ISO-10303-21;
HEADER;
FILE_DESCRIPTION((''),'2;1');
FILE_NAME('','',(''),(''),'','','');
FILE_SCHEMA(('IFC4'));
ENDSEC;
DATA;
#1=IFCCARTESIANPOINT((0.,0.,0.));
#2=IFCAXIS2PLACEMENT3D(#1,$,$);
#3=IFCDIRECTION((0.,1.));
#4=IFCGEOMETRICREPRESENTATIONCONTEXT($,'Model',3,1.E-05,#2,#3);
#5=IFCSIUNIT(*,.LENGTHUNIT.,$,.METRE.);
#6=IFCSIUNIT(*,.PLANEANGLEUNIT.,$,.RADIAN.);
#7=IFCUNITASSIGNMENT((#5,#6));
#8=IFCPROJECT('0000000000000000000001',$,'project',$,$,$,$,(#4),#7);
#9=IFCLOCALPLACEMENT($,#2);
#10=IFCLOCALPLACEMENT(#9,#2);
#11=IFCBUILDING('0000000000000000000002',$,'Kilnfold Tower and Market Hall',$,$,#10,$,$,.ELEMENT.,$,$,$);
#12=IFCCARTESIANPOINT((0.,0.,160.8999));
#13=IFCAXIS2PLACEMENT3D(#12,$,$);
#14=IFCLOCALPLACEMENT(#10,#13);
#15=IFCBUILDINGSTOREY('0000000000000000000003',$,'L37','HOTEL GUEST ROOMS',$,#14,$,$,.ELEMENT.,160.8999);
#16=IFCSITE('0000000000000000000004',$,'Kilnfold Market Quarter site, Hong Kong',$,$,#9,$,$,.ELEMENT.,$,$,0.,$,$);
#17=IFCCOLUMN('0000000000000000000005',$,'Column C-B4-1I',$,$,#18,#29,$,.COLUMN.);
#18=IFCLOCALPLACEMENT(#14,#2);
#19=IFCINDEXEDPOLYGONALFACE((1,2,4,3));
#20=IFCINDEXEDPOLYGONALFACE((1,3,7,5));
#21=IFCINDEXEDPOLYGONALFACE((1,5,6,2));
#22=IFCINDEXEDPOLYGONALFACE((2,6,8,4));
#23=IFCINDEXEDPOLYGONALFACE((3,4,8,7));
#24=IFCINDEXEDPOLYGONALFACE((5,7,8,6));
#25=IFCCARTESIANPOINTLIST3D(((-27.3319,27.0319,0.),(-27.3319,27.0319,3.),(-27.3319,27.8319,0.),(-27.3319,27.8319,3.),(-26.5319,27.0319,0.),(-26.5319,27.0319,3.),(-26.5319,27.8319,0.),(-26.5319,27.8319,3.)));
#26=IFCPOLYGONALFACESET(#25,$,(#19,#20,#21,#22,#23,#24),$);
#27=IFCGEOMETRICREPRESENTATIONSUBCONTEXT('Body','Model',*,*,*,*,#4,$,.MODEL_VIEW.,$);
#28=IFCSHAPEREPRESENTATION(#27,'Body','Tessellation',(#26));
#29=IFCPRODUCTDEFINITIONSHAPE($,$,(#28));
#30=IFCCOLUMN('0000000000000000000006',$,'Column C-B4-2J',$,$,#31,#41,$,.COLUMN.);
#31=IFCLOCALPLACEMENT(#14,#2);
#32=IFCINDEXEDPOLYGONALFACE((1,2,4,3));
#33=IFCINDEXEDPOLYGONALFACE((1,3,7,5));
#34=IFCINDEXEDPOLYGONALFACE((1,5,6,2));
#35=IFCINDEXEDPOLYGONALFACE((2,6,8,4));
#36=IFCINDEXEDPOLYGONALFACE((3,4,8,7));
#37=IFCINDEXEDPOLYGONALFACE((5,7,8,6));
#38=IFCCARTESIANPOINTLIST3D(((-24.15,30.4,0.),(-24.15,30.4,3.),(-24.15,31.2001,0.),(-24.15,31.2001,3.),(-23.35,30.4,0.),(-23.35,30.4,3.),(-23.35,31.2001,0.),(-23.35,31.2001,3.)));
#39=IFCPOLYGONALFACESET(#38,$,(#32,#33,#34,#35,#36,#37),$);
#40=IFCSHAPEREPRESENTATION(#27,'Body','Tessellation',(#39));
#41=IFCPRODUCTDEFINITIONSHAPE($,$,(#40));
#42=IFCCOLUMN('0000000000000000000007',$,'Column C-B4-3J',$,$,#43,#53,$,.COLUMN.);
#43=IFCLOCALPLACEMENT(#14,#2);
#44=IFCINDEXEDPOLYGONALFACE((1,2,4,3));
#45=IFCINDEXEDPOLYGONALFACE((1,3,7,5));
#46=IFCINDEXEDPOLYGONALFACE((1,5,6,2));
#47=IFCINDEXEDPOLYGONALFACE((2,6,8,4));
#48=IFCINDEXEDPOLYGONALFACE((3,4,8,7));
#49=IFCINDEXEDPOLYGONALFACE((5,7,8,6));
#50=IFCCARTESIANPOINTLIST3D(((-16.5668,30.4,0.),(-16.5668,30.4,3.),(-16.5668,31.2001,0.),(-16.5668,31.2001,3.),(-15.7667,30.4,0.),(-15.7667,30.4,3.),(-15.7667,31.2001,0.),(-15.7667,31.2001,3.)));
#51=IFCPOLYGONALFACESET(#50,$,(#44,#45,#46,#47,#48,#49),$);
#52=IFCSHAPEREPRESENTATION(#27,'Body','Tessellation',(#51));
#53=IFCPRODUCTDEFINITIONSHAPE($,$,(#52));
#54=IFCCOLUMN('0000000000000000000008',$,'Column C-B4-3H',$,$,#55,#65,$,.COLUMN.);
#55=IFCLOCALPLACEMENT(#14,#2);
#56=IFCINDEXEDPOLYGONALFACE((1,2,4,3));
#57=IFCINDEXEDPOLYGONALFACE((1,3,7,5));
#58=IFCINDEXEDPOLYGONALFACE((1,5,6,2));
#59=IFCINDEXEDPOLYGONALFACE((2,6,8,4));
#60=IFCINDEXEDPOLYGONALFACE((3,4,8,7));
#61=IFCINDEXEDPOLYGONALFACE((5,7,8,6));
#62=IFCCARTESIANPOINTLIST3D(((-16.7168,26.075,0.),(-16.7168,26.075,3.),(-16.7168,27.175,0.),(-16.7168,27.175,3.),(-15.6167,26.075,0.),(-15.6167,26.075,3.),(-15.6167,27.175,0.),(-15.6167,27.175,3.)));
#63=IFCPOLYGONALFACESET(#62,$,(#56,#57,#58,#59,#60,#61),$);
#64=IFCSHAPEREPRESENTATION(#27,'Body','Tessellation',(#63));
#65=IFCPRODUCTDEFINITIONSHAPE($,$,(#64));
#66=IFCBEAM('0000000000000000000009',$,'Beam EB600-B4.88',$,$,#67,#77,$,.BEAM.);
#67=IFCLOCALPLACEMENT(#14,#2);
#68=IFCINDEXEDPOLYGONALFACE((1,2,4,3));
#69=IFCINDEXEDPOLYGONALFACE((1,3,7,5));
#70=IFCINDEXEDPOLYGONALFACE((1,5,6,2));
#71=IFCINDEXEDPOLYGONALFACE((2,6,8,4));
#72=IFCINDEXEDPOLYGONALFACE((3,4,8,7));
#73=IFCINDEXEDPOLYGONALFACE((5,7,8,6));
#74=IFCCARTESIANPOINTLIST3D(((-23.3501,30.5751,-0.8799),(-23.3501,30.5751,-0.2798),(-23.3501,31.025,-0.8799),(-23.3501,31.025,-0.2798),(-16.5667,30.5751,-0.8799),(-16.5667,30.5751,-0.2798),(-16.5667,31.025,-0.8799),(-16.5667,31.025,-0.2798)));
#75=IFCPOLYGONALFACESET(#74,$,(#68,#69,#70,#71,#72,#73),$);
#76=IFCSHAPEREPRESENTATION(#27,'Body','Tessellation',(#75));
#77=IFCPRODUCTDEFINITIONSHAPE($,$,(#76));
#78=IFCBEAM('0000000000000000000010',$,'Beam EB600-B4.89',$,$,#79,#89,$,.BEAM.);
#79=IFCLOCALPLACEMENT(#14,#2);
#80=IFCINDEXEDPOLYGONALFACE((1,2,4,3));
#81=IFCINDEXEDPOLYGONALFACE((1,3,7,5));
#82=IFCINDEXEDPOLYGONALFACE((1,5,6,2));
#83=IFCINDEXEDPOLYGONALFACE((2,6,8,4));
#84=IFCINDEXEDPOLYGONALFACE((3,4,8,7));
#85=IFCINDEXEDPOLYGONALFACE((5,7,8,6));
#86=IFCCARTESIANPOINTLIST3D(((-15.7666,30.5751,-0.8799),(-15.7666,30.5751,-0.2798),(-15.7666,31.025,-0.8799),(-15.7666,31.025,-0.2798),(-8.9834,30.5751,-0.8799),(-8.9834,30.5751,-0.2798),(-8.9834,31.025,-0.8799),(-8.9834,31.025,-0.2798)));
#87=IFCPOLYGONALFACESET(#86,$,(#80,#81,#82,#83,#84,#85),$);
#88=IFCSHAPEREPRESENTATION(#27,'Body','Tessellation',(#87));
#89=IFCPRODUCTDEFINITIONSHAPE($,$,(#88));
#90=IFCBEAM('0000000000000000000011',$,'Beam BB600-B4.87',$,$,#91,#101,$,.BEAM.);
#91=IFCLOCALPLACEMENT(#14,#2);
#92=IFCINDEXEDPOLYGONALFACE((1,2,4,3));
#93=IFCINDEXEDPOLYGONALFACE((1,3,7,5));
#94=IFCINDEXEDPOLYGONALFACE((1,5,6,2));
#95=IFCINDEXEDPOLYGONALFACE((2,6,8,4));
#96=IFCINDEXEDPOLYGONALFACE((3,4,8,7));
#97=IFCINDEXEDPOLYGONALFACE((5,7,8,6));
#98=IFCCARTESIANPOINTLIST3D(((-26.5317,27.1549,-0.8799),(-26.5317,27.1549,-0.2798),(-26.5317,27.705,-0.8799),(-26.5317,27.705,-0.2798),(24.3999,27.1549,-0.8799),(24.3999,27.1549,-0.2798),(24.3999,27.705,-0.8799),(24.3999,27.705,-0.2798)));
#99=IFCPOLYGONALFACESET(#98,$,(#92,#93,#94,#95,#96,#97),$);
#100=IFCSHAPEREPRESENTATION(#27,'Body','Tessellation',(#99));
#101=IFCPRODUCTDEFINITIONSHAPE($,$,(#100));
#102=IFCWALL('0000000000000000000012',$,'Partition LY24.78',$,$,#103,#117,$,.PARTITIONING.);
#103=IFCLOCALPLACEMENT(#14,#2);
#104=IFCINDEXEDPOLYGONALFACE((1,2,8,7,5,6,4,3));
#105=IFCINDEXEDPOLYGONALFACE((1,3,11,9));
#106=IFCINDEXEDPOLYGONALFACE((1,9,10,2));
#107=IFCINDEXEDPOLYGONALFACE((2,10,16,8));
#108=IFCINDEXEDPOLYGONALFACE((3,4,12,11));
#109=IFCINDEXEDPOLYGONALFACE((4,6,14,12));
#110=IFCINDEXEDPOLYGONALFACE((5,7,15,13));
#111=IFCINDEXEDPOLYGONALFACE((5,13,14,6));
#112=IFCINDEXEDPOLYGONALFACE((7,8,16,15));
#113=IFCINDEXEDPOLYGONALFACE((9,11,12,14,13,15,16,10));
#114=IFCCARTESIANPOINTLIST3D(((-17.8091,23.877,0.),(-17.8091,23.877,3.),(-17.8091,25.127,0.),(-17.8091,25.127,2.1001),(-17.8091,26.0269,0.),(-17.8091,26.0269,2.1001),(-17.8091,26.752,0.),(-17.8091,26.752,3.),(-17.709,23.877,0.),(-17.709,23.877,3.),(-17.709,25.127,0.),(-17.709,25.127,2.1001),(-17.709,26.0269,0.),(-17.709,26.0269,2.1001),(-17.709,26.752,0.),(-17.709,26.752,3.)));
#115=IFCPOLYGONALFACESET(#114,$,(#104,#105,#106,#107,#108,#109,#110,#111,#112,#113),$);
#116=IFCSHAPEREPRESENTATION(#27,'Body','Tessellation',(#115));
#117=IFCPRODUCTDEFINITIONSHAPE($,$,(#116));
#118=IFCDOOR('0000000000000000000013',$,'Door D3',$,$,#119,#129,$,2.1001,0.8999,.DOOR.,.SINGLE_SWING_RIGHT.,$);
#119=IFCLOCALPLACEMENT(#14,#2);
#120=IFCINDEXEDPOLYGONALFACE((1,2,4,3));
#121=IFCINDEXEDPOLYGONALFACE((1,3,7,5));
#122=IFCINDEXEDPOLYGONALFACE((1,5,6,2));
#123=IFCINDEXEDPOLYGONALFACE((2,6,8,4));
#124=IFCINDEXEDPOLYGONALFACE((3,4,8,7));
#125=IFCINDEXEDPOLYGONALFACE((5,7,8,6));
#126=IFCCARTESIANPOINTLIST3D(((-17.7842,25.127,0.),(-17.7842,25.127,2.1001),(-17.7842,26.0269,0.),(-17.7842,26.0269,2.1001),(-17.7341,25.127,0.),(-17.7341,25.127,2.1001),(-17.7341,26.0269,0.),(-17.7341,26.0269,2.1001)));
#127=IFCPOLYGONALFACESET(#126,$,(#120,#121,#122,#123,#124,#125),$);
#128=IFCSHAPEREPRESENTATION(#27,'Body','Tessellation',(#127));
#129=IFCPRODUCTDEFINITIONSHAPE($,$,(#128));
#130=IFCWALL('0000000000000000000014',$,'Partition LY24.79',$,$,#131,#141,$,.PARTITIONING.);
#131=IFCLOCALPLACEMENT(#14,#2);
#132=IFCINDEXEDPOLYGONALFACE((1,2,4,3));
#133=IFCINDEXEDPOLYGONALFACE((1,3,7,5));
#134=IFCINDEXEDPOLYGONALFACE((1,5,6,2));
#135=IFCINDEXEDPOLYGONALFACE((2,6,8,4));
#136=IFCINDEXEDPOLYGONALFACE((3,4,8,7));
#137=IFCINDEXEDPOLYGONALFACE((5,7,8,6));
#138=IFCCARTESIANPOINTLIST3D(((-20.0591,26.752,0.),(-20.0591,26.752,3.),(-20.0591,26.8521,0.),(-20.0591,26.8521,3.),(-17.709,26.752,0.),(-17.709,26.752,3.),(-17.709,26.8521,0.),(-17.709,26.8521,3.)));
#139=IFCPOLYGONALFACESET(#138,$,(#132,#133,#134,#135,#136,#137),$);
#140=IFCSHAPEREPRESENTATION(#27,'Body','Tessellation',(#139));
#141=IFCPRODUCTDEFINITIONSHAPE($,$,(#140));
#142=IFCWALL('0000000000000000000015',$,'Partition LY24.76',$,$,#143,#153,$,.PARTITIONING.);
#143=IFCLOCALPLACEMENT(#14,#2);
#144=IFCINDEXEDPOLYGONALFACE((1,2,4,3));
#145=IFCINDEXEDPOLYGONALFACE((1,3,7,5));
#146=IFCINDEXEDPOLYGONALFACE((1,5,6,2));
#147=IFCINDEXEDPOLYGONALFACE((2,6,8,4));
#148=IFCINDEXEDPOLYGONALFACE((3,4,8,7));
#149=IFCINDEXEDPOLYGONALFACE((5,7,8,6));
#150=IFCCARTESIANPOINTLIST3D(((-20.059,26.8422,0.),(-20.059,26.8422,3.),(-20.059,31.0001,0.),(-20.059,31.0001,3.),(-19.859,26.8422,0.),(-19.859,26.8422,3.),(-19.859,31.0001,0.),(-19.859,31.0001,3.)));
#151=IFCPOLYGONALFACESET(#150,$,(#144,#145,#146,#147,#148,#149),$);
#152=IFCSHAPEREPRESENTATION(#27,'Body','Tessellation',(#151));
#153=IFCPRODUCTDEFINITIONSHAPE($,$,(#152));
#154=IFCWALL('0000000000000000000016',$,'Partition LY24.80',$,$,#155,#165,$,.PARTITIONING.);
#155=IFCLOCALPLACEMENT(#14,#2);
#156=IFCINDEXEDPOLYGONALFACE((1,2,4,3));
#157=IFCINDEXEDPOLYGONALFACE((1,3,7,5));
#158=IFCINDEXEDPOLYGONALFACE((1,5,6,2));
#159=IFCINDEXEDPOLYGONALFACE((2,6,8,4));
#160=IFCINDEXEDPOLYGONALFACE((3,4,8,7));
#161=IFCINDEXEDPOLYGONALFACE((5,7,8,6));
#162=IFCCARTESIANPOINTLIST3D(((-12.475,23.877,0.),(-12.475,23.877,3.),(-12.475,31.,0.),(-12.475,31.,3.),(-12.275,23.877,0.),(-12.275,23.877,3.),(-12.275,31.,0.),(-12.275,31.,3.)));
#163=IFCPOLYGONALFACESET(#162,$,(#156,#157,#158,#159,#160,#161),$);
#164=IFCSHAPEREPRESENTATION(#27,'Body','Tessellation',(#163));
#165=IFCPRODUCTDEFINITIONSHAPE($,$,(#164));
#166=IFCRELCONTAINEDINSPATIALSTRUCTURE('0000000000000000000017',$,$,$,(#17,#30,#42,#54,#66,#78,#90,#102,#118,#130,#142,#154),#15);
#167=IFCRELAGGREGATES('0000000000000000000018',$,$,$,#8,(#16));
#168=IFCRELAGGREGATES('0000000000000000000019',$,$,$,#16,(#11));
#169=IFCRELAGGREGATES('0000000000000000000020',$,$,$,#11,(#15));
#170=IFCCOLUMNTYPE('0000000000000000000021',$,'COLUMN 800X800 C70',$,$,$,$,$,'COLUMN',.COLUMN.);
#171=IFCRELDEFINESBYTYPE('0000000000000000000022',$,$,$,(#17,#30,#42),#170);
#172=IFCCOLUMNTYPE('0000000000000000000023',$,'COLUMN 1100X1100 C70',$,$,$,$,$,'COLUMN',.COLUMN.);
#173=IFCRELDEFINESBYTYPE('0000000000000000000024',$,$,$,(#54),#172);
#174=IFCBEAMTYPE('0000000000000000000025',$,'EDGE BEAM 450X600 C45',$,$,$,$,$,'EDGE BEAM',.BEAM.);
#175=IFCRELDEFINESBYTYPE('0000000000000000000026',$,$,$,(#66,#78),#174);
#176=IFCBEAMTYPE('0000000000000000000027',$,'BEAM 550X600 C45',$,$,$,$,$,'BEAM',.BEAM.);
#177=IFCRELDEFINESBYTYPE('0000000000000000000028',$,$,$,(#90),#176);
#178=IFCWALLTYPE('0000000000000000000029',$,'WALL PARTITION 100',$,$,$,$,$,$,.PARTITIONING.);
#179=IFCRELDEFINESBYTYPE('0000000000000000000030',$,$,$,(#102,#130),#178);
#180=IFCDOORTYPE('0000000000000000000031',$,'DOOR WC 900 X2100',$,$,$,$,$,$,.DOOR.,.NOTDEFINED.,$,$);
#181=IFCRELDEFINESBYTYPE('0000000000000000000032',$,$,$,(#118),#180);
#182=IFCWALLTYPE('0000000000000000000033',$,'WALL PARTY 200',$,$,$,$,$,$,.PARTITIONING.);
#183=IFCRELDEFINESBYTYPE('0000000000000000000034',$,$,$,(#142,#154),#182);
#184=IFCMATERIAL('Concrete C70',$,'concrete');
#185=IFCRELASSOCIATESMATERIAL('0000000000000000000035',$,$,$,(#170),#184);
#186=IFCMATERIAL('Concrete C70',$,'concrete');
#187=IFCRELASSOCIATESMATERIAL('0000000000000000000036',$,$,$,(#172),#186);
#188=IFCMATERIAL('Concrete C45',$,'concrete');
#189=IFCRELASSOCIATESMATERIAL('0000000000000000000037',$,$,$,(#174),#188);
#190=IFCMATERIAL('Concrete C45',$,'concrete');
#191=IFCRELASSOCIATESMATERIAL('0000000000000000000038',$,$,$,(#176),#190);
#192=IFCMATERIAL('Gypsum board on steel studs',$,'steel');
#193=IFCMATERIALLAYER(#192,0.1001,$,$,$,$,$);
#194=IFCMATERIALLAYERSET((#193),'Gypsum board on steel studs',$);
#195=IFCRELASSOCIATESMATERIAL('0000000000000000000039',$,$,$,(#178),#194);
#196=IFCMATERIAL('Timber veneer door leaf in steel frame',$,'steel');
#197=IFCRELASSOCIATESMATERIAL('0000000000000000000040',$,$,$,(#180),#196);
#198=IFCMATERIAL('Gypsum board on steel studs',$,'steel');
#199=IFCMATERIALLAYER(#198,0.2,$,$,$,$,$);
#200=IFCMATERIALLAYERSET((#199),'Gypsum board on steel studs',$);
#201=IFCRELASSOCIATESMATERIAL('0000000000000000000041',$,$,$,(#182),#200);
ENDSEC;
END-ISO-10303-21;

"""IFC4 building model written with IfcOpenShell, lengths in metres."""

from ifc_helpers import new_model, si_unit, direction, frame, frame_2d, origin, origin_2d, place, context, subcontext, project, spatial, rectangle, extrude, source, transform, mapped, material, layer, layer_set, material_profile, profile_set, type_object, element, fill, save


model = new_model("IFC4")

# Units and contexts
model_context = context("Model", 3, precision=1e-05, world=origin(), true_north=direction((0.0, 1.0)))
body_context = subcontext(model_context, "Body", "Model", "MODEL_VIEW")
ifc_project = project(units=[si_unit("LENGTHUNIT", "METRE"), si_unit("PLANEANGLEUNIT", "RADIAN")], contexts=[model_context])

# Site, building, storey
site_placement = place(None, origin())
site = spatial("IfcSite", under=ifc_project, at=site_placement, Name="Kilnfold Market Quarter site, Hong Kong", CompositionType="ELEMENT", RefElevation=0.0)
building_placement = place(site_placement, origin())
building = spatial("IfcBuilding", under=site, at=building_placement, Name="Kilnfold Tower and Market Hall", CompositionType="ELEMENT")
storey_placement = place(building_placement, frame((0.0, 0.0, 160.8999)))
storey = spatial("IfcBuildingStorey", under=building, at=storey_placement, Name="L37", Description="HOTEL GUEST ROOMS", CompositionType="ELEMENT", Elevation=160.8999)

# Columns
ifc_material_1 = material(Name="Concrete C70", Category="concrete")
ifc_material_profile_1 = material_profile(ifc_material_1, rectangle(XDim=0.8, YDim=0.8, at=origin_2d()), Name="RC 800x800")
ifc_profile_set_1 = profile_set([ifc_material_profile_1], Name="Concrete C70")
column_type_1 = type_object("IfcColumnType", Name="COLUMN 800X800 C70", ElementType="COLUMN", PredefinedType="COLUMN", material=ifc_profile_set_1)
shared_shape_1 = source(origin(), body_context, "Body", "SweptSolid", [
    extrude(rectangle(XDim=0.8, YDim=0.8, at=origin_2d()), origin(), (0.0, 0.0, 1.0), 3.0),
])
for number, where, z_axis, x_axis, name in (
    (1, (-26.9319, 27.4319, 0.0), (0.0, 0.0, 1.0), (1.0, 0.0, 0.0), "Column C-B4-1I"),
    (2, (-23.75, 30.8, 0.0), (0.0, 0.0, 1.0), (1.0, 0.0, 0.0), "Column C-B4-2J"),
    (3, (-16.1667, 30.8, 0.0), (0.0, 0.0, 1.0), (1.0, 0.0, 0.0), "Column C-B4-3J"),
):
    element("IfcColumn", number, at=place(storey_placement, frame(where, z_axis=z_axis, x_axis=x_axis)), inside=storey, type_object=column_type_1, Name=name, PredefinedType="COLUMN", context=body_context, shape_type="MappedRepresentation", body=[
        mapped(shared_shape_1, transform((0.0, 0.0, 0.0))),
    ])
ifc_material_2 = material(Name="Concrete C70", Category="concrete")
ifc_material_profile_2 = material_profile(ifc_material_2, rectangle(XDim=1.1001, YDim=1.1001, at=origin_2d()), Name="RC 1100x1100")
ifc_profile_set_2 = profile_set([ifc_material_profile_2], Name="Concrete C70")
column_type_2 = type_object("IfcColumnType", Name="COLUMN 1100X1100 C70", ElementType="COLUMN", PredefinedType="COLUMN", material=ifc_profile_set_2)
shared_shape_2 = source(origin(), body_context, "Body", "SweptSolid", [
    extrude(rectangle(XDim=1.1001, YDim=1.1001, at=origin_2d()), origin(), (0.0, 0.0, 1.0), 3.0),
])
column_placement = place(storey_placement, frame((-16.1667, 26.625, 0.0), z_axis=(0.0, 0.0, 1.0), x_axis=(1.0, 0.0, 0.0)))
element("IfcColumn", 4, at=column_placement, inside=storey, type_object=column_type_2, Name="Column C-B4-3H", PredefinedType="COLUMN", context=body_context, shape_type="MappedRepresentation", body=[
    mapped(shared_shape_2, transform((0.0, 0.0, 0.0))),
])

# Beams
ifc_material_3 = material(Name="Concrete C45", Category="concrete")
ifc_material_profile_3 = material_profile(ifc_material_3, rectangle(XDim=0.45, YDim=0.6001, at=origin_2d()), Name="RC 450x600")
ifc_profile_set_3 = profile_set([ifc_material_profile_3], Name="Concrete C45")
beam_type_1 = type_object("IfcBeamType", Name="EDGE BEAM 450X600 C45", ElementType="EDGE BEAM", PredefinedType="BEAM", material=ifc_profile_set_3)
shared_shape_3 = source(origin(), body_context, "Body", "SweptSolid", [
    extrude(rectangle(XDim=0.45, YDim=0.6001, at=origin_2d()), origin(), (0.0, 0.0, 1.0), 6.7834),
])
beam_1_placement = place(storey_placement, frame((-23.3501, 30.8, -0.5798), z_axis=(1.0, 0.0, 0.0), x_axis=(0.0, 1.0, 0.0)))
element("IfcBeam", 5, at=beam_1_placement, inside=storey, type_object=beam_type_1, Name="Beam EB600-B4.88", PredefinedType="BEAM", context=body_context, shape_type="MappedRepresentation", body=[
    mapped(shared_shape_3, transform((0.0, 0.0, 0.0))),
])
shared_shape_4 = source(origin(), body_context, "Body", "SweptSolid", [
    extrude(rectangle(XDim=0.45, YDim=0.6001, at=origin_2d()), origin(), (0.0, 0.0, 1.0), 6.7832),
])
beam_2_placement = place(storey_placement, frame((-15.7666, 30.8, -0.5798), z_axis=(1.0, 0.0, 0.0), x_axis=(0.0, 1.0, 0.0)))
element("IfcBeam", 6, at=beam_2_placement, inside=storey, type_object=beam_type_1, Name="Beam EB600-B4.89", PredefinedType="BEAM", context=body_context, shape_type="MappedRepresentation", body=[
    mapped(shared_shape_4, transform((0.0, 0.0, 0.0))),
])
ifc_material_4 = material(Name="Concrete C45", Category="concrete")
ifc_material_profile_4 = material_profile(ifc_material_4, rectangle(XDim=0.55, YDim=0.6001, at=origin_2d()), Name="RC 550x600")
ifc_profile_set_4 = profile_set([ifc_material_profile_4], Name="Concrete C45")
beam_type_2 = type_object("IfcBeamType", Name="BEAM 550X600 C45", ElementType="BEAM", PredefinedType="BEAM", material=ifc_profile_set_4)
shared_shape_5 = source(origin(), body_context, "Body", "SweptSolid", [
    extrude(rectangle(XDim=0.55, YDim=0.6001, at=origin_2d()), origin(), (0.0, 0.0, 1.0), 50.9316),
])
beam_3_placement = place(storey_placement, frame((-26.5317, 27.4299, -0.5798), z_axis=(1.0, 0.0, 0.0), x_axis=(0.0, 1.0, 0.0)))
element("IfcBeam", 7, at=beam_3_placement, inside=storey, type_object=beam_type_2, Name="Beam BB600-B4.87", PredefinedType="BEAM", context=body_context, shape_type="MappedRepresentation", body=[
    mapped(shared_shape_5, transform((0.0, 0.0, 0.0))),
])

# Wall, opening, door
ifc_material_5 = material(Name="Gypsum board on steel studs", Category="steel")
ifc_layer_1 = layer(ifc_material_5, 0.1001)
ifc_layer_set_1 = layer_set([ifc_layer_1], Name="Gypsum board on steel studs")
wall_type_1 = type_object("IfcWallType", Name="WALL PARTITION 100", PredefinedType="PARTITIONING", material=ifc_layer_set_1)
wall_1_placement = place(storey_placement, frame((-17.759, 26.752, 0.0), z_axis=(0.0, 0.0, 1.0), x_axis=(0.0, -1.0, 0.0)))
wall_1 = element("IfcWall", 8, at=wall_1_placement, inside=storey, type_object=wall_type_1, Name="Partition LY24.78", PredefinedType="PARTITIONING", context=body_context, shape_type="SweptSolid", body=[
    extrude(rectangle(XDim=2.875, YDim=0.1001, at=frame_2d((1.4375, 0.0))), origin(), (0.0, 0.0, 1.0), 3.0),
])
opening_1_placement = place(wall_1_placement, frame((0.7251, 0.0, 0.0)))
opening_1 = element("IfcOpeningElement", 9, at=opening_1_placement, cuts=wall_1, PredefinedType="OPENING", context=body_context, shape_type="SweptSolid", body=[
    extrude(rectangle(XDim=0.8999, YDim=2.1001, at=frame_2d((0.45, 1.05))), frame((0.0, 0.0601, 0.0), z_axis=(0.0, -1.0, 0.0), x_axis=(1.0, 0.0, 0.0)), (0.0, 0.0, 1.0), 0.1201),
])
ifc_material_6 = material(Name="Timber veneer door leaf in steel frame", Category="steel")
door_type = type_object("IfcDoorType", Name="DOOR WC 900 X2100", OperationType="NOTDEFINED", PredefinedType="DOOR", material=ifc_material_6)
door_placement = place(opening_1_placement, origin())
door = element("IfcDoor", 10, at=door_placement, inside=storey, type_object=door_type, Name="Door D3", OperationType="SINGLE_SWING_RIGHT", OverallHeight=2.1001, OverallWidth=0.8999, PredefinedType="DOOR", context=body_context, shape_type="SweptSolid", body=[
    extrude(rectangle(XDim=0.8999, YDim=2.1001, at=frame_2d((0.45, 1.05))), frame((0.0, 0.0249, 0.0), z_axis=(0.0, -1.0, 0.0), x_axis=(1.0, 0.0, 0.0)), (0.0, 0.0, 1.0), 0.05),
])
fill(opening_1, door)

# Walls
wall_2_placement = place(storey_placement, frame((-20.0591, 26.802, 0.0), z_axis=(0.0, 0.0, 1.0), x_axis=(1.0, 0.0, 0.0)))
element("IfcWall", 11, at=wall_2_placement, inside=storey, type_object=wall_type_1, Name="Partition LY24.79", PredefinedType="PARTITIONING", context=body_context, shape_type="SweptSolid", body=[
    extrude(rectangle(XDim=2.3501, YDim=0.1001, at=frame_2d((1.175, 0.0))), origin(), (0.0, 0.0, 1.0), 3.0),
])
ifc_material_7 = material(Name="Gypsum board on steel studs", Category="steel")
ifc_layer_2 = layer(ifc_material_7, 0.2)
ifc_layer_set_2 = layer_set([ifc_layer_2], Name="Gypsum board on steel studs")
wall_type_2 = type_object("IfcWallType", Name="WALL PARTY 200", PredefinedType="PARTITIONING", material=ifc_layer_set_2)
wall_3_placement = place(storey_placement, frame((-19.959, 26.842, 0.0), z_axis=(0.0, 0.0, 1.0), x_axis=(0.0, 1.0, 0.0)))
element("IfcWall", 12, at=wall_3_placement, inside=storey, type_object=wall_type_2, Name="Partition LY24.76", PredefinedType="PARTITIONING", context=body_context, shape_type="SweptSolid", body=[
    extrude(rectangle(XDim=4.158, YDim=0.2, at=frame_2d((2.0791, 0.0))), origin(), (0.0, 0.0, 1.0), 3.0),
])
wall_4_placement = place(storey_placement, frame((-12.375, 23.877, 0.0), z_axis=(0.0, 0.0, 1.0), x_axis=(0.0, 1.0, 0.0)))
element("IfcWall", 13, at=wall_4_placement, inside=storey, type_object=wall_type_2, Name="Partition LY24.80", PredefinedType="PARTITIONING", context=body_context, shape_type="SweptSolid", body=[
    extrude(rectangle(XDim=7.123, YDim=0.2, at=frame_2d((3.5615, 0.0))), origin(), (0.0, 0.0, 1.0), 3.0),
])

save(model, "model.ifc")
